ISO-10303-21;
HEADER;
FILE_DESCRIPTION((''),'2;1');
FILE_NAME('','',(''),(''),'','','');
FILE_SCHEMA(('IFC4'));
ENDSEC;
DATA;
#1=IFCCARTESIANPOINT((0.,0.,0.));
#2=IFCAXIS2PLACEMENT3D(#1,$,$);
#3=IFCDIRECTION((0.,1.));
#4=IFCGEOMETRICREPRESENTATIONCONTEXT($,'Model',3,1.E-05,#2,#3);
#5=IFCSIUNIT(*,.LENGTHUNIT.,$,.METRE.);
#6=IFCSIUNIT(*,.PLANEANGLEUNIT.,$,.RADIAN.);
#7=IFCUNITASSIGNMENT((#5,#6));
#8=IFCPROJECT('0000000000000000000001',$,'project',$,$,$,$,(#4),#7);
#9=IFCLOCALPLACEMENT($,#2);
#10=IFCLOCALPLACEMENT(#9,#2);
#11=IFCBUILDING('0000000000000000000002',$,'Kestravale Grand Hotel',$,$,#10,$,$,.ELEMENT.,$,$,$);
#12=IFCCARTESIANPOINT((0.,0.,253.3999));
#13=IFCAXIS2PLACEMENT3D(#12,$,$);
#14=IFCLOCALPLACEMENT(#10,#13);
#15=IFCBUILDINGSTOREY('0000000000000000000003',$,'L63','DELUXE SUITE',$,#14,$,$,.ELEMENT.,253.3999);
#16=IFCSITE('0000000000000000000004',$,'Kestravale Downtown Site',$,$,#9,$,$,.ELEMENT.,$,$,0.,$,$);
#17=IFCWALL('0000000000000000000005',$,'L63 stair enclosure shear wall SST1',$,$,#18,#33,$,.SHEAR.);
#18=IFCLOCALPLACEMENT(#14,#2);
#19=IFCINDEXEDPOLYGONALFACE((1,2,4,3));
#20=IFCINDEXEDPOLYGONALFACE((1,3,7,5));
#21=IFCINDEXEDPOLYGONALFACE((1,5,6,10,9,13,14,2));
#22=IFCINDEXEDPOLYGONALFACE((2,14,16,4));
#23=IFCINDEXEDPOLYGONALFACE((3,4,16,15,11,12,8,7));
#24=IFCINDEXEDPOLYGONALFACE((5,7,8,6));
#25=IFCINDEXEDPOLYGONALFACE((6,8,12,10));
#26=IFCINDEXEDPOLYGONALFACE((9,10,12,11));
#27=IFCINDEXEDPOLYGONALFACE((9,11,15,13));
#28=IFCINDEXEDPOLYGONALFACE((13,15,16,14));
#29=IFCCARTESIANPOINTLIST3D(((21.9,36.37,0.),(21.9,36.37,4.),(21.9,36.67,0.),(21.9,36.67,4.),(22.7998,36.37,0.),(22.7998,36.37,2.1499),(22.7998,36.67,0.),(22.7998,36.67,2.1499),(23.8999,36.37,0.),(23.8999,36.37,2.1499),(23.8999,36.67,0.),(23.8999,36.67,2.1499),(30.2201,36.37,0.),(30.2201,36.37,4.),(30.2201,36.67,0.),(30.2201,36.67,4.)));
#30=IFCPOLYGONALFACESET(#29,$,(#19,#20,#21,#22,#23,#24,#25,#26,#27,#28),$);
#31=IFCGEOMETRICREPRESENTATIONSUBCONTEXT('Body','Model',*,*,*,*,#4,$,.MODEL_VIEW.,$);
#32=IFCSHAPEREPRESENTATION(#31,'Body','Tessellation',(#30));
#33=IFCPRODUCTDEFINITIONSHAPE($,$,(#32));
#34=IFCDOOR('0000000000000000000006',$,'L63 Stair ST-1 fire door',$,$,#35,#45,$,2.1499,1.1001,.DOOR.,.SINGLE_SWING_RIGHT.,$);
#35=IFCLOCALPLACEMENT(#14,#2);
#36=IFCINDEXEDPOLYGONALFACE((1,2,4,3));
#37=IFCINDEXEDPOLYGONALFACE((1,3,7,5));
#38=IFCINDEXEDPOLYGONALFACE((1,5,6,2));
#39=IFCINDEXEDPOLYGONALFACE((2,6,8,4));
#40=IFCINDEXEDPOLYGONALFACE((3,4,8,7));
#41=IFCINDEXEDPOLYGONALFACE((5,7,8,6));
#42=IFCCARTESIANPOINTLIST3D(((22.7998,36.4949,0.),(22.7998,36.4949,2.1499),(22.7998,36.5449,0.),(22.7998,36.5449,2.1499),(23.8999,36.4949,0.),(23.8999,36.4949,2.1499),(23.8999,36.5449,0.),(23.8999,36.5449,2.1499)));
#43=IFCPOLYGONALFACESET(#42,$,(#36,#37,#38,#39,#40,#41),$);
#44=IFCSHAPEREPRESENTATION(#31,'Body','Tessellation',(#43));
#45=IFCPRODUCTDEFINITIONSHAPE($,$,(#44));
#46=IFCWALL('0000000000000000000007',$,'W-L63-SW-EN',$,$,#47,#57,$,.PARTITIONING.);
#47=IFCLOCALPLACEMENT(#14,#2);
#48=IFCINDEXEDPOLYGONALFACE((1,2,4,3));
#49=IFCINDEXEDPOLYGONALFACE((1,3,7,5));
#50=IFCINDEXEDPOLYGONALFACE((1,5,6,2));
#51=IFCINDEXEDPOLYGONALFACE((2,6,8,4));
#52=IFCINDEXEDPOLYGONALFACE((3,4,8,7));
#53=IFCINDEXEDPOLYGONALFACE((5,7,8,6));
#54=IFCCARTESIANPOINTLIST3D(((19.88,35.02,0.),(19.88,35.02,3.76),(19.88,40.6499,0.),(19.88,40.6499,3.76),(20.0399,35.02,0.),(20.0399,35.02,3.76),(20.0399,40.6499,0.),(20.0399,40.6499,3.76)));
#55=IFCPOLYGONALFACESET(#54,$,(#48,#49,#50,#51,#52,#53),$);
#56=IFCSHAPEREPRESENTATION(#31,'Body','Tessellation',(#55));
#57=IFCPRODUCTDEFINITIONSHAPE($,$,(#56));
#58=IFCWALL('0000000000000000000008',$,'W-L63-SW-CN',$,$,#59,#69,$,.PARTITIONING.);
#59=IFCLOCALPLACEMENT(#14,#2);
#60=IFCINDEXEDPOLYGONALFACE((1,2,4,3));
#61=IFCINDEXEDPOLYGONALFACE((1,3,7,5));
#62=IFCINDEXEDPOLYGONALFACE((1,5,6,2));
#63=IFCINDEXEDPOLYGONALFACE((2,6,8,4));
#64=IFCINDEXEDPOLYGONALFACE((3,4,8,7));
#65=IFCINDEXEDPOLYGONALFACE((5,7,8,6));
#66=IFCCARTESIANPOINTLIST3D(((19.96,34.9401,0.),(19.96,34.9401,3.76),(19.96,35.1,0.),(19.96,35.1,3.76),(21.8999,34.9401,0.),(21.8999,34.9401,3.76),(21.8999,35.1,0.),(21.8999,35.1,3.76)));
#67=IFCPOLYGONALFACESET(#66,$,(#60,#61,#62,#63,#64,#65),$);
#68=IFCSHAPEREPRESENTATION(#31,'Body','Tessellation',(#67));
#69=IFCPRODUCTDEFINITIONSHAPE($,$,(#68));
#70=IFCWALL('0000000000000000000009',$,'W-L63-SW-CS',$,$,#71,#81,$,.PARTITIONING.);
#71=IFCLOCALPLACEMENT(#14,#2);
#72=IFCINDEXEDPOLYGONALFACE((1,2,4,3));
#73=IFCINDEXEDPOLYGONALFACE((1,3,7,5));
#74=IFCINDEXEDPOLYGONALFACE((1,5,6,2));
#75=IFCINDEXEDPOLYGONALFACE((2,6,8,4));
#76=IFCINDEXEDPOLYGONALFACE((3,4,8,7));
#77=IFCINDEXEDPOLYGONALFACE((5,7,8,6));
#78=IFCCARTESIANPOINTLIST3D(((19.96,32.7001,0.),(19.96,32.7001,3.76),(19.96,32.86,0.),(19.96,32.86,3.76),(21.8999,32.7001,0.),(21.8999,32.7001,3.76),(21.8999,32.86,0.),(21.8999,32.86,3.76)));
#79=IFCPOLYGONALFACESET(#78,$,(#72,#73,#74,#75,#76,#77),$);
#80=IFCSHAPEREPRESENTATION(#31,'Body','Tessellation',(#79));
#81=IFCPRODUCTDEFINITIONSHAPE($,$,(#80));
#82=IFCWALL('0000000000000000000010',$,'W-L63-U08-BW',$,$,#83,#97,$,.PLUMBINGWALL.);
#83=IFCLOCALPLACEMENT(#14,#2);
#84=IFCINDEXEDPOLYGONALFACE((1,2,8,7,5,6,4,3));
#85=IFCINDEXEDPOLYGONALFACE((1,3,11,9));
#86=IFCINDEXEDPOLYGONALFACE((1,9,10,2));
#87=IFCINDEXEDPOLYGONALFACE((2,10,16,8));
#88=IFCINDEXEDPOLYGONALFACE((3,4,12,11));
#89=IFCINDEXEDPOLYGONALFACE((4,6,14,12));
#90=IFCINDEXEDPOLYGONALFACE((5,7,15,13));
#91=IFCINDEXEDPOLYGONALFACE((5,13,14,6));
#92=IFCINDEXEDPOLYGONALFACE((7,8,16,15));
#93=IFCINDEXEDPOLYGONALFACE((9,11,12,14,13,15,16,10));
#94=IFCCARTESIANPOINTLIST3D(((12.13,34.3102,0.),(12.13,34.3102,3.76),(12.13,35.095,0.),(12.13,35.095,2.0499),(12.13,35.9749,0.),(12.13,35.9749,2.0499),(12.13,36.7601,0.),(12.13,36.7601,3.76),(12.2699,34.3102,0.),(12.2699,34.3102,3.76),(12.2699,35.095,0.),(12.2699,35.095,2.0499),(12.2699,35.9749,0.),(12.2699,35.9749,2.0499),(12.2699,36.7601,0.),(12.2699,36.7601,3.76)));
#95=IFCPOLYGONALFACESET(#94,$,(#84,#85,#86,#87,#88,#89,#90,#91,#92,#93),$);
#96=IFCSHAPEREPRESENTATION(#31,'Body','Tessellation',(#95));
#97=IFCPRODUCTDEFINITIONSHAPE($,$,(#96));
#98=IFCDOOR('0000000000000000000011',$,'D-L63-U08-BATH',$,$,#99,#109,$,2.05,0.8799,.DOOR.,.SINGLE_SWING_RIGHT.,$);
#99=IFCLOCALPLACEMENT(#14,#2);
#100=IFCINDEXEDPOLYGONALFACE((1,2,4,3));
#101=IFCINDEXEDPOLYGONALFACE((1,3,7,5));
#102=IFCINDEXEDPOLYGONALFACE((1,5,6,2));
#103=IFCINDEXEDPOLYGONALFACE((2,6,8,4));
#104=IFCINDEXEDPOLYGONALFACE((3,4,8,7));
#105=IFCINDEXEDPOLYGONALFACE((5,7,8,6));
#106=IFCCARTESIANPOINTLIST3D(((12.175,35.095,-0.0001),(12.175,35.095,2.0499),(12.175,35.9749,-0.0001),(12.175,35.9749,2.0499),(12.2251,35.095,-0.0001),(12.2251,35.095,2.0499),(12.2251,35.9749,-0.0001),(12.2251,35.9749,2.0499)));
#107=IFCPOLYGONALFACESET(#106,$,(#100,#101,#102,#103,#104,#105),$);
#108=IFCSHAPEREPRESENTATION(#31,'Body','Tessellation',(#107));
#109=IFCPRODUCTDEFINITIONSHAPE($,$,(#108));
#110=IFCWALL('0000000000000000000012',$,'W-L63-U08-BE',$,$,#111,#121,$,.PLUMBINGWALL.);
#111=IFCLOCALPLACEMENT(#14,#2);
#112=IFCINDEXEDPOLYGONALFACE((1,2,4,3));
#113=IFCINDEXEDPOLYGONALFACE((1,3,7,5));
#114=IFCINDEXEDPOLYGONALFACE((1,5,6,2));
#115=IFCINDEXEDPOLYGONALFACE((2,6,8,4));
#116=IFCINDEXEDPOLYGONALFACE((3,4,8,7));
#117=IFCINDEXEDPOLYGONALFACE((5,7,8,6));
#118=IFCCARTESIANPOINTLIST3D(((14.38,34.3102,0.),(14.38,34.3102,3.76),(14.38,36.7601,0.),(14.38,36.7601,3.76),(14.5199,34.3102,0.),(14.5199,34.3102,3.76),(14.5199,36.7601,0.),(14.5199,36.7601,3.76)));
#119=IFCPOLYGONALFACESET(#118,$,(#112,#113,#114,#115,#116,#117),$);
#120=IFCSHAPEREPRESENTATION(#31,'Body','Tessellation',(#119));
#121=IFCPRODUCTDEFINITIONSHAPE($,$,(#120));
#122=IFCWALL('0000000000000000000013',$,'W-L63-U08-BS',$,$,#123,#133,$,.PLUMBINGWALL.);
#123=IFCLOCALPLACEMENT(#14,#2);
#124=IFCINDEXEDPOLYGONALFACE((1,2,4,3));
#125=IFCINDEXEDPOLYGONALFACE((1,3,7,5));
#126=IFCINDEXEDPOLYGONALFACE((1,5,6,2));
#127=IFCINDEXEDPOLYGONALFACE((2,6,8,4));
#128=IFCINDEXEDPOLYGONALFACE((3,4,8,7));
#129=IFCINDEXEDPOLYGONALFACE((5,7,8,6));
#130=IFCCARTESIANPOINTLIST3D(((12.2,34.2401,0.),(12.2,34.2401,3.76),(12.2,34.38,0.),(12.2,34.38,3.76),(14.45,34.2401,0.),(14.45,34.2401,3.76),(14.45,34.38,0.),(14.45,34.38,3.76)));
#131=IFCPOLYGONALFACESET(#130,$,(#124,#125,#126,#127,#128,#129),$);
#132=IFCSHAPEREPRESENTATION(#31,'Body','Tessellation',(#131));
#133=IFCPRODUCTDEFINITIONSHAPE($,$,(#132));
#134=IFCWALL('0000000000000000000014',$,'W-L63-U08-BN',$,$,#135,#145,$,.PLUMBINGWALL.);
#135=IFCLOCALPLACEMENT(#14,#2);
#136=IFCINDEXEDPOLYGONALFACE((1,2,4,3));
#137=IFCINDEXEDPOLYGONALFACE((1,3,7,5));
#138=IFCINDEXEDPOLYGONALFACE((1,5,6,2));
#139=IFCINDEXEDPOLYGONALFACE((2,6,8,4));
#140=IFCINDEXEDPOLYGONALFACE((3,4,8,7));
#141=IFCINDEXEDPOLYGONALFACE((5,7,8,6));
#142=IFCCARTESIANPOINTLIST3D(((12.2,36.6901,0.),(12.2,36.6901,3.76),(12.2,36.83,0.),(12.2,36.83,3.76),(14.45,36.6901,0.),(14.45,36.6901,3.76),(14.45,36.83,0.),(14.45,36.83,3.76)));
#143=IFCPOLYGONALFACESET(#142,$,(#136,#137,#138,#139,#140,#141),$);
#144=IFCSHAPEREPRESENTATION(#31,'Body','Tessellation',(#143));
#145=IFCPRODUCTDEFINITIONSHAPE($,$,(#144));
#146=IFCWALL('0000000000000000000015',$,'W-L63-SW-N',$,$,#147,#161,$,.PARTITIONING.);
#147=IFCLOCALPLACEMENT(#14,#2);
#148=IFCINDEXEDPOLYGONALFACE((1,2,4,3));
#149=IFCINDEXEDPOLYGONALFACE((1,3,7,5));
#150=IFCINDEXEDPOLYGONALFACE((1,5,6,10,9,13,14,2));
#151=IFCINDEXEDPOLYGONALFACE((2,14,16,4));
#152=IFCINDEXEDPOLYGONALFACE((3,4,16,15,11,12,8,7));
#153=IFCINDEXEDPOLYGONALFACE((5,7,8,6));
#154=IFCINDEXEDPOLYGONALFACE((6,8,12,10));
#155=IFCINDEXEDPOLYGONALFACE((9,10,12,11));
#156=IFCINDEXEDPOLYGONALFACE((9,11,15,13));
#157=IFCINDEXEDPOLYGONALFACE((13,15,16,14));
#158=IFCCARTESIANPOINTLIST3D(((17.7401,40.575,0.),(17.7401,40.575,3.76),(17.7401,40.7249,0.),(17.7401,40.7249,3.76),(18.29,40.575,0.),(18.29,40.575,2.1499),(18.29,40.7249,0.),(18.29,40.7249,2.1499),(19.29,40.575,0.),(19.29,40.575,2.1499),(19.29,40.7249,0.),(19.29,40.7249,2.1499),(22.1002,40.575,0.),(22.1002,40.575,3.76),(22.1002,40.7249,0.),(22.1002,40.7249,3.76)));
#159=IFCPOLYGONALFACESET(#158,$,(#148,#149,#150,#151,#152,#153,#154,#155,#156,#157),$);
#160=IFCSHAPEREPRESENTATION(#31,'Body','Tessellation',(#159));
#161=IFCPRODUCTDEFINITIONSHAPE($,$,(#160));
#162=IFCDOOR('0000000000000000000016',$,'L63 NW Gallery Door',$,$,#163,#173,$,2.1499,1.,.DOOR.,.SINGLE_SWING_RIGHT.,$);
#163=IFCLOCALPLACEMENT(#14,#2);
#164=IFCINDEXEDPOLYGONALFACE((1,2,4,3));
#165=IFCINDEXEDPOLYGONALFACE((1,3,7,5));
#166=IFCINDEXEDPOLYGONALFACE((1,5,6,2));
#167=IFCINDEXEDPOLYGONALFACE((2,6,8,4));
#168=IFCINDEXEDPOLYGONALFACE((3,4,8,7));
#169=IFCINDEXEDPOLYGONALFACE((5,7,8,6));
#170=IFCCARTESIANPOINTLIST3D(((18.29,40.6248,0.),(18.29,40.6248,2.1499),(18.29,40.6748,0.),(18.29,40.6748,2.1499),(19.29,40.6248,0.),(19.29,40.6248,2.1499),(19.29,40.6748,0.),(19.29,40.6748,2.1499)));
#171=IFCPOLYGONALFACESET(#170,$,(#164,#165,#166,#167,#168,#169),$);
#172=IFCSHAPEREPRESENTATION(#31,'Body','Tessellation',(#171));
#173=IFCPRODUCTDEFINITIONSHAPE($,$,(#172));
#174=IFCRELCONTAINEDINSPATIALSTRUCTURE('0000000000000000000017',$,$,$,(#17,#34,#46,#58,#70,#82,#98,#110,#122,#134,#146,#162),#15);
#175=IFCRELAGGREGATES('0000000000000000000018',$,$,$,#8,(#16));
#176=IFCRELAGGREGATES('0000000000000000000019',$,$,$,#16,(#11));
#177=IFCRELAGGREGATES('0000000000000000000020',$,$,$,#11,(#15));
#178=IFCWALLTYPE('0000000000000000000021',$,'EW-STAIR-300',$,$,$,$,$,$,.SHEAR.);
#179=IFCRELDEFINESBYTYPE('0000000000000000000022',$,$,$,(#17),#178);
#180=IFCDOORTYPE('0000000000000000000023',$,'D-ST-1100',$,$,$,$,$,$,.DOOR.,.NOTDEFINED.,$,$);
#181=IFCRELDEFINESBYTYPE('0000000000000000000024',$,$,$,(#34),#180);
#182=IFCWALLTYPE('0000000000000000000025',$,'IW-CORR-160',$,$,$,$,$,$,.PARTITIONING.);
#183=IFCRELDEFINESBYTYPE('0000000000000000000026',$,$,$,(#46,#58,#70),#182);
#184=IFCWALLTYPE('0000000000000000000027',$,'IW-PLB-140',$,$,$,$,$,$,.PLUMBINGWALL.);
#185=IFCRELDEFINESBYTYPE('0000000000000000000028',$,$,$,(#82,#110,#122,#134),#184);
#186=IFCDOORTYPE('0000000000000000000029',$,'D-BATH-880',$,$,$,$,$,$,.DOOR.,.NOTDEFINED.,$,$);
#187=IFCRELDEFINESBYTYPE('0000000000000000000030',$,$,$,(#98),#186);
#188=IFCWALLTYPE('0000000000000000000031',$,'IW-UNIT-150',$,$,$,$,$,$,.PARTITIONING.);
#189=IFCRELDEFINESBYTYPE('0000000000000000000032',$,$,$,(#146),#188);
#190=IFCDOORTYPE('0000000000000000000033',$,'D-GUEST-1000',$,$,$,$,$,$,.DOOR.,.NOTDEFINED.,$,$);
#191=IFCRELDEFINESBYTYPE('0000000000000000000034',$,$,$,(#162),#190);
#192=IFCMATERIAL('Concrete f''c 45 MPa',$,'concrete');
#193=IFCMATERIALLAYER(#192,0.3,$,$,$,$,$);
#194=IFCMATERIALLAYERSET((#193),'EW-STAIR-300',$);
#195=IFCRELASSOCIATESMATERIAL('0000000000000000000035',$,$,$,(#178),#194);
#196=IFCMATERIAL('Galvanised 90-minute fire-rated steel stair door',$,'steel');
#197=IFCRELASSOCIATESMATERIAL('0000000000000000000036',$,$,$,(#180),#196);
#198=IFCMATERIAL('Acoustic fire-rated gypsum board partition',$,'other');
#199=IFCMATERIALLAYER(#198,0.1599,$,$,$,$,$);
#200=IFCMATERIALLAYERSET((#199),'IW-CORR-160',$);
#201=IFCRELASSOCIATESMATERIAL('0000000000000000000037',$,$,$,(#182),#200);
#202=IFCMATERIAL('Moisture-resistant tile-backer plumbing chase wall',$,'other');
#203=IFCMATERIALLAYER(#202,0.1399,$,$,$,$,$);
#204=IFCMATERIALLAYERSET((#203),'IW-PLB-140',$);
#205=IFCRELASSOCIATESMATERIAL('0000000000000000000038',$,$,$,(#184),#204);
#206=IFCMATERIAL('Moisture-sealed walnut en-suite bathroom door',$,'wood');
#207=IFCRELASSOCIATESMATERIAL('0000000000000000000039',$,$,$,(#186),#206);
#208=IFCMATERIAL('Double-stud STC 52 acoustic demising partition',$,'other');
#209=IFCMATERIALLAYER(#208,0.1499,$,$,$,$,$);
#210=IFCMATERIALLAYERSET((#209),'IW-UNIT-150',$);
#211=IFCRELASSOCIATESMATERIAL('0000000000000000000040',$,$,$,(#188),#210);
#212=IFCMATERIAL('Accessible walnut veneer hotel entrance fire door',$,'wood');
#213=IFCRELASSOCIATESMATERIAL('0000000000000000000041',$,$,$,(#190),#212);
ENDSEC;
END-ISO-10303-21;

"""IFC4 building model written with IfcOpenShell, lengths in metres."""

from ifc_helpers import new_model, si_unit, direction, frame, frame_2d, origin, place, context, subcontext, project, spatial, rectangle, extrude, material, layer, layer_set, type_object, element, fill, save


model = new_model("IFC4")

# Units and contexts
model_context = context("Model", 3, precision=1e-05, world=origin(), true_north=direction((0.0, 1.0)))
body_context = subcontext(model_context, "Body", "Model", "MODEL_VIEW")
ifc_project = project(units=[si_unit("LENGTHUNIT", "METRE"), si_unit("PLANEANGLEUNIT", "RADIAN")], contexts=[model_context])

# Site, building, storey
site_placement = place(None, origin())
site = spatial("IfcSite", under=ifc_project, at=site_placement, Name="Kestravale Downtown Site", CompositionType="ELEMENT", RefElevation=0.0)
building_placement = place(site_placement, origin())
building = spatial("IfcBuilding", under=site, at=building_placement, Name="Kestravale Grand Hotel", CompositionType="ELEMENT")
storey_placement = place(building_placement, frame((0.0, 0.0, 253.3999)))
storey = spatial("IfcBuildingStorey", under=building, at=storey_placement, Name="L63", Description="DELUXE SUITE", CompositionType="ELEMENT", Elevation=253.3999)

# Wall, opening, door
ifc_material_1 = material(Name="Concrete f'c 45 MPa", Category="concrete")
ifc_layer_1 = layer(ifc_material_1, 0.3)
ifc_layer_set_1 = layer_set([ifc_layer_1], Name="EW-STAIR-300")
wall_type_1 = type_object("IfcWallType", Name="EW-STAIR-300", PredefinedType="SHEAR", material=ifc_layer_set_1)
wall_1_placement = place(storey_placement, frame((21.8999, 36.52, 0.0), z_axis=(0.0, 0.0, 1.0), x_axis=(1.0, 0.0, 0.0)))
wall_1 = element("IfcWall", 1, at=wall_1_placement, inside=storey, type_object=wall_type_1, Name="L63 stair enclosure shear wall SST1", PredefinedType="SHEAR", context=body_context, shape_type="SweptSolid", body=[
    extrude(rectangle(XDim=8.3201, YDim=0.3, at=frame_2d((4.1602, 0.0))), origin(), (0.0, 0.0, 1.0), 4.0),
])
opening_1_placement = place(wall_1_placement, frame((0.8999, 0.0, 0.0)))
opening_1 = element("IfcOpeningElement", 2, at=opening_1_placement, cuts=wall_1, PredefinedType="OPENING", context=body_context, shape_type="SweptSolid", body=[
    extrude(rectangle(XDim=1.1001, YDim=2.1499, at=frame_2d((0.55, 1.075))), frame((0.0, 0.1599, 0.0), z_axis=(0.0, -1.0, 0.0), x_axis=(1.0, 0.0, 0.0)), (0.0, 0.0, 1.0), 0.3201),
])
ifc_material_2 = material(Name="Galvanised 90-minute fire-rated steel stair door", Category="steel")
door_type_1 = type_object("IfcDoorType", Name="D-ST-1100", OperationType="NOTDEFINED", PredefinedType="DOOR", material=ifc_material_2)
door_1_placement = place(opening_1_placement, origin())
door_1 = element("IfcDoor", 3, at=door_1_placement, inside=storey, type_object=door_type_1, Name="L63 Stair ST-1 fire door", OperationType="SINGLE_SWING_RIGHT", OverallHeight=2.1499, OverallWidth=1.1001, PredefinedType="DOOR", context=body_context, shape_type="SweptSolid", body=[
    extrude(rectangle(XDim=1.1001, YDim=2.1499, at=frame_2d((0.55, 1.075))), frame((0.0, 0.0249, 0.0), z_axis=(0.0, -1.0, 0.0), x_axis=(1.0, 0.0, 0.0)), (0.0, 0.0, 1.0), 0.05),
])
fill(opening_1, door_1)

# Walls
ifc_material_3 = material(Name="Acoustic fire-rated gypsum board partition", Category="other")
ifc_layer_2 = layer(ifc_material_3, 0.1599)
ifc_layer_set_2 = layer_set([ifc_layer_2], Name="IW-CORR-160")
wall_type_2 = type_object("IfcWallType", Name="IW-CORR-160", PredefinedType="PARTITIONING", material=ifc_layer_set_2)
wall_2_placement = place(storey_placement, frame((19.96, 35.02, 0.0), z_axis=(0.0, 0.0, 1.0), x_axis=(0.0, 1.0, 0.0)))
element("IfcWall", 4, at=wall_2_placement, inside=storey, type_object=wall_type_2, Name="W-L63-SW-EN", PredefinedType="PARTITIONING", context=body_context, shape_type="SweptSolid", body=[
    extrude(rectangle(XDim=5.6299, YDim=0.1599, at=frame_2d((2.8149, 0.0))), origin(), (0.0, 0.0, 1.0), 3.76),
])
for number, where, z_axis, x_axis, name in (
    (5, (19.96, 35.02, 0.0), (0.0, 0.0, 1.0), (1.0, 0.0, 0.0), "W-L63-SW-CN"),
    (6, (19.96, 32.78, 0.0), (0.0, 0.0, 1.0), (1.0, 0.0, 0.0), "W-L63-SW-CS"),
):
    element("IfcWall", number, at=place(storey_placement, frame(where, z_axis=z_axis, x_axis=x_axis)), inside=storey, type_object=wall_type_2, Name=name, PredefinedType="PARTITIONING", context=body_context, shape_type="SweptSolid", body=[
        extrude(rectangle(XDim=1.9399, YDim=0.1599, at=frame_2d((0.97, 0.0))), origin(), (0.0, 0.0, 1.0), 3.76),
    ])

# Wall, opening, door
ifc_material_4 = material(Name="Moisture-resistant tile-backer plumbing chase wall", Category="other")
ifc_layer_3 = layer(ifc_material_4, 0.1399)
ifc_layer_set_3 = layer_set([ifc_layer_3], Name="IW-PLB-140")
wall_type_3 = type_object("IfcWallType", Name="IW-PLB-140", PredefinedType="PLUMBINGWALL", material=ifc_layer_set_3)
wall_3_placement = place(storey_placement, frame((12.2, 34.3101, 0.0), z_axis=(0.0, 0.0, 1.0), x_axis=(0.0, 1.0, 0.0)))
wall_3 = element("IfcWall", 7, at=wall_3_placement, inside=storey, type_object=wall_type_3, Name="W-L63-U08-BW", PredefinedType="PLUMBINGWALL", context=body_context, shape_type="SweptSolid", body=[
    extrude(rectangle(XDim=2.45, YDim=0.1399, at=frame_2d((1.2251, 0.0))), origin(), (0.0, 0.0, 1.0), 3.76),
])
opening_2_placement = place(wall_3_placement, frame((0.7849, 0.0, 0.0)))
opening_2 = element("IfcOpeningElement", 8, at=opening_2_placement, cuts=wall_3, PredefinedType="OPENING", context=body_context, shape_type="SweptSolid", body=[
    extrude(rectangle(XDim=0.8799, YDim=2.05, at=frame_2d((0.4399, 1.0249))), frame((0.0, 0.0798, 0.0), z_axis=(0.0, -1.0, 0.0), x_axis=(1.0, 0.0, 0.0)), (0.0, 0.0, 1.0), 0.1599),
])
ifc_material_5 = material(Name="Moisture-sealed walnut en-suite bathroom door", Category="wood")
door_type_2 = type_object("IfcDoorType", Name="D-BATH-880", OperationType="NOTDEFINED", PredefinedType="DOOR", material=ifc_material_5)
door_2_placement = place(opening_2_placement, origin())
door_2 = element("IfcDoor", 9, at=door_2_placement, inside=storey, type_object=door_type_2, Name="D-L63-U08-BATH", OperationType="SINGLE_SWING_RIGHT", OverallHeight=2.05, OverallWidth=0.8799, PredefinedType="DOOR", context=body_context, shape_type="SweptSolid", body=[
    extrude(rectangle(XDim=0.8799, YDim=2.05, at=frame_2d((0.4399, 1.0249))), frame((0.0, 0.0249, 0.0), z_axis=(0.0, -1.0, 0.0), x_axis=(1.0, 0.0, 0.0)), (0.0, 0.0, 1.0), 0.05),
])
fill(opening_2, door_2)

# Walls
wall_4_placement = place(storey_placement, frame((14.45, 34.3101, 0.0), z_axis=(0.0, 0.0, 1.0), x_axis=(0.0, 1.0, 0.0)))
element("IfcWall", 10, at=wall_4_placement, inside=storey, type_object=wall_type_3, Name="W-L63-U08-BE", PredefinedType="PLUMBINGWALL", context=body_context, shape_type="SweptSolid", body=[
    extrude(rectangle(XDim=2.45, YDim=0.1399, at=frame_2d((1.2251, 0.0))), origin(), (0.0, 0.0, 1.0), 3.76),
])
for number, where, z_axis, x_axis, name in (
    (11, (12.2, 34.3101, 0.0), (0.0, 0.0, 1.0), (1.0, 0.0, 0.0), "W-L63-U08-BS"),
    (12, (12.2, 36.76, 0.0), (0.0, 0.0, 1.0), (1.0, 0.0, 0.0), "W-L63-U08-BN"),
):
    element("IfcWall", number, at=place(storey_placement, frame(where, z_axis=z_axis, x_axis=x_axis)), inside=storey, type_object=wall_type_3, Name=name, PredefinedType="PLUMBINGWALL", context=body_context, shape_type="SweptSolid", body=[
        extrude(rectangle(XDim=2.25, YDim=0.1399, at=frame_2d((1.125, 0.0))), origin(), (0.0, 0.0, 1.0), 3.76),
    ])

# Wall, opening, door
ifc_material_6 = material(Name="Double-stud STC 52 acoustic demising partition", Category="other")
ifc_layer_4 = layer(ifc_material_6, 0.1499)
ifc_layer_set_4 = layer_set([ifc_layer_4], Name="IW-UNIT-150")
wall_type_4 = type_object("IfcWallType", Name="IW-UNIT-150", PredefinedType="PARTITIONING", material=ifc_layer_set_4)
wall_5_placement = place(storey_placement, frame((17.74, 40.6499, 0.0), z_axis=(0.0, 0.0, 1.0), x_axis=(1.0, 0.0, 0.0)))
wall_5 = element("IfcWall", 13, at=wall_5_placement, inside=storey, type_object=wall_type_4, Name="W-L63-SW-N", PredefinedType="PARTITIONING", context=body_context, shape_type="SweptSolid", body=[
    extrude(rectangle(XDim=4.3601, YDim=0.1499, at=frame_2d((2.1802, 0.0))), origin(), (0.0, 0.0, 1.0), 3.76),
])
opening_3_placement = place(wall_5_placement, frame((0.55, 0.0, 0.0)))
opening_3 = element("IfcOpeningElement", 14, at=opening_3_placement, cuts=wall_5, PredefinedType="OPENING", context=body_context, shape_type="SweptSolid", body=[
    extrude(rectangle(XDim=1.0, YDim=2.1499, at=frame_2d((0.5, 1.075))), frame((0.0, 0.085, 0.0), z_axis=(0.0, -1.0, 0.0), x_axis=(1.0, 0.0, 0.0)), (0.0, 0.0, 1.0), 0.1699),
])
ifc_material_7 = material(Name="Accessible walnut veneer hotel entrance fire door", Category="wood")
door_type_3 = type_object("IfcDoorType", Name="D-GUEST-1000", OperationType="NOTDEFINED", PredefinedType="DOOR", material=ifc_material_7)
door_3_placement = place(opening_3_placement, origin())
door_3 = element("IfcDoor", 15, at=door_3_placement, inside=storey, type_object=door_type_3, Name="L63 NW Gallery Door", OperationType="SINGLE_SWING_RIGHT", OverallHeight=2.1499, OverallWidth=1.0, PredefinedType="DOOR", context=body_context, shape_type="SweptSolid", body=[
    extrude(rectangle(XDim=1.0, YDim=2.1499, at=frame_2d((0.5, 1.075))), frame((0.0, 0.0249, 0.0), z_axis=(0.0, -1.0, 0.0), x_axis=(1.0, 0.0, 0.0)), (0.0, 0.0, 1.0), 0.05),
])
fill(opening_3, door_3)

save(model, "model.ifc")
